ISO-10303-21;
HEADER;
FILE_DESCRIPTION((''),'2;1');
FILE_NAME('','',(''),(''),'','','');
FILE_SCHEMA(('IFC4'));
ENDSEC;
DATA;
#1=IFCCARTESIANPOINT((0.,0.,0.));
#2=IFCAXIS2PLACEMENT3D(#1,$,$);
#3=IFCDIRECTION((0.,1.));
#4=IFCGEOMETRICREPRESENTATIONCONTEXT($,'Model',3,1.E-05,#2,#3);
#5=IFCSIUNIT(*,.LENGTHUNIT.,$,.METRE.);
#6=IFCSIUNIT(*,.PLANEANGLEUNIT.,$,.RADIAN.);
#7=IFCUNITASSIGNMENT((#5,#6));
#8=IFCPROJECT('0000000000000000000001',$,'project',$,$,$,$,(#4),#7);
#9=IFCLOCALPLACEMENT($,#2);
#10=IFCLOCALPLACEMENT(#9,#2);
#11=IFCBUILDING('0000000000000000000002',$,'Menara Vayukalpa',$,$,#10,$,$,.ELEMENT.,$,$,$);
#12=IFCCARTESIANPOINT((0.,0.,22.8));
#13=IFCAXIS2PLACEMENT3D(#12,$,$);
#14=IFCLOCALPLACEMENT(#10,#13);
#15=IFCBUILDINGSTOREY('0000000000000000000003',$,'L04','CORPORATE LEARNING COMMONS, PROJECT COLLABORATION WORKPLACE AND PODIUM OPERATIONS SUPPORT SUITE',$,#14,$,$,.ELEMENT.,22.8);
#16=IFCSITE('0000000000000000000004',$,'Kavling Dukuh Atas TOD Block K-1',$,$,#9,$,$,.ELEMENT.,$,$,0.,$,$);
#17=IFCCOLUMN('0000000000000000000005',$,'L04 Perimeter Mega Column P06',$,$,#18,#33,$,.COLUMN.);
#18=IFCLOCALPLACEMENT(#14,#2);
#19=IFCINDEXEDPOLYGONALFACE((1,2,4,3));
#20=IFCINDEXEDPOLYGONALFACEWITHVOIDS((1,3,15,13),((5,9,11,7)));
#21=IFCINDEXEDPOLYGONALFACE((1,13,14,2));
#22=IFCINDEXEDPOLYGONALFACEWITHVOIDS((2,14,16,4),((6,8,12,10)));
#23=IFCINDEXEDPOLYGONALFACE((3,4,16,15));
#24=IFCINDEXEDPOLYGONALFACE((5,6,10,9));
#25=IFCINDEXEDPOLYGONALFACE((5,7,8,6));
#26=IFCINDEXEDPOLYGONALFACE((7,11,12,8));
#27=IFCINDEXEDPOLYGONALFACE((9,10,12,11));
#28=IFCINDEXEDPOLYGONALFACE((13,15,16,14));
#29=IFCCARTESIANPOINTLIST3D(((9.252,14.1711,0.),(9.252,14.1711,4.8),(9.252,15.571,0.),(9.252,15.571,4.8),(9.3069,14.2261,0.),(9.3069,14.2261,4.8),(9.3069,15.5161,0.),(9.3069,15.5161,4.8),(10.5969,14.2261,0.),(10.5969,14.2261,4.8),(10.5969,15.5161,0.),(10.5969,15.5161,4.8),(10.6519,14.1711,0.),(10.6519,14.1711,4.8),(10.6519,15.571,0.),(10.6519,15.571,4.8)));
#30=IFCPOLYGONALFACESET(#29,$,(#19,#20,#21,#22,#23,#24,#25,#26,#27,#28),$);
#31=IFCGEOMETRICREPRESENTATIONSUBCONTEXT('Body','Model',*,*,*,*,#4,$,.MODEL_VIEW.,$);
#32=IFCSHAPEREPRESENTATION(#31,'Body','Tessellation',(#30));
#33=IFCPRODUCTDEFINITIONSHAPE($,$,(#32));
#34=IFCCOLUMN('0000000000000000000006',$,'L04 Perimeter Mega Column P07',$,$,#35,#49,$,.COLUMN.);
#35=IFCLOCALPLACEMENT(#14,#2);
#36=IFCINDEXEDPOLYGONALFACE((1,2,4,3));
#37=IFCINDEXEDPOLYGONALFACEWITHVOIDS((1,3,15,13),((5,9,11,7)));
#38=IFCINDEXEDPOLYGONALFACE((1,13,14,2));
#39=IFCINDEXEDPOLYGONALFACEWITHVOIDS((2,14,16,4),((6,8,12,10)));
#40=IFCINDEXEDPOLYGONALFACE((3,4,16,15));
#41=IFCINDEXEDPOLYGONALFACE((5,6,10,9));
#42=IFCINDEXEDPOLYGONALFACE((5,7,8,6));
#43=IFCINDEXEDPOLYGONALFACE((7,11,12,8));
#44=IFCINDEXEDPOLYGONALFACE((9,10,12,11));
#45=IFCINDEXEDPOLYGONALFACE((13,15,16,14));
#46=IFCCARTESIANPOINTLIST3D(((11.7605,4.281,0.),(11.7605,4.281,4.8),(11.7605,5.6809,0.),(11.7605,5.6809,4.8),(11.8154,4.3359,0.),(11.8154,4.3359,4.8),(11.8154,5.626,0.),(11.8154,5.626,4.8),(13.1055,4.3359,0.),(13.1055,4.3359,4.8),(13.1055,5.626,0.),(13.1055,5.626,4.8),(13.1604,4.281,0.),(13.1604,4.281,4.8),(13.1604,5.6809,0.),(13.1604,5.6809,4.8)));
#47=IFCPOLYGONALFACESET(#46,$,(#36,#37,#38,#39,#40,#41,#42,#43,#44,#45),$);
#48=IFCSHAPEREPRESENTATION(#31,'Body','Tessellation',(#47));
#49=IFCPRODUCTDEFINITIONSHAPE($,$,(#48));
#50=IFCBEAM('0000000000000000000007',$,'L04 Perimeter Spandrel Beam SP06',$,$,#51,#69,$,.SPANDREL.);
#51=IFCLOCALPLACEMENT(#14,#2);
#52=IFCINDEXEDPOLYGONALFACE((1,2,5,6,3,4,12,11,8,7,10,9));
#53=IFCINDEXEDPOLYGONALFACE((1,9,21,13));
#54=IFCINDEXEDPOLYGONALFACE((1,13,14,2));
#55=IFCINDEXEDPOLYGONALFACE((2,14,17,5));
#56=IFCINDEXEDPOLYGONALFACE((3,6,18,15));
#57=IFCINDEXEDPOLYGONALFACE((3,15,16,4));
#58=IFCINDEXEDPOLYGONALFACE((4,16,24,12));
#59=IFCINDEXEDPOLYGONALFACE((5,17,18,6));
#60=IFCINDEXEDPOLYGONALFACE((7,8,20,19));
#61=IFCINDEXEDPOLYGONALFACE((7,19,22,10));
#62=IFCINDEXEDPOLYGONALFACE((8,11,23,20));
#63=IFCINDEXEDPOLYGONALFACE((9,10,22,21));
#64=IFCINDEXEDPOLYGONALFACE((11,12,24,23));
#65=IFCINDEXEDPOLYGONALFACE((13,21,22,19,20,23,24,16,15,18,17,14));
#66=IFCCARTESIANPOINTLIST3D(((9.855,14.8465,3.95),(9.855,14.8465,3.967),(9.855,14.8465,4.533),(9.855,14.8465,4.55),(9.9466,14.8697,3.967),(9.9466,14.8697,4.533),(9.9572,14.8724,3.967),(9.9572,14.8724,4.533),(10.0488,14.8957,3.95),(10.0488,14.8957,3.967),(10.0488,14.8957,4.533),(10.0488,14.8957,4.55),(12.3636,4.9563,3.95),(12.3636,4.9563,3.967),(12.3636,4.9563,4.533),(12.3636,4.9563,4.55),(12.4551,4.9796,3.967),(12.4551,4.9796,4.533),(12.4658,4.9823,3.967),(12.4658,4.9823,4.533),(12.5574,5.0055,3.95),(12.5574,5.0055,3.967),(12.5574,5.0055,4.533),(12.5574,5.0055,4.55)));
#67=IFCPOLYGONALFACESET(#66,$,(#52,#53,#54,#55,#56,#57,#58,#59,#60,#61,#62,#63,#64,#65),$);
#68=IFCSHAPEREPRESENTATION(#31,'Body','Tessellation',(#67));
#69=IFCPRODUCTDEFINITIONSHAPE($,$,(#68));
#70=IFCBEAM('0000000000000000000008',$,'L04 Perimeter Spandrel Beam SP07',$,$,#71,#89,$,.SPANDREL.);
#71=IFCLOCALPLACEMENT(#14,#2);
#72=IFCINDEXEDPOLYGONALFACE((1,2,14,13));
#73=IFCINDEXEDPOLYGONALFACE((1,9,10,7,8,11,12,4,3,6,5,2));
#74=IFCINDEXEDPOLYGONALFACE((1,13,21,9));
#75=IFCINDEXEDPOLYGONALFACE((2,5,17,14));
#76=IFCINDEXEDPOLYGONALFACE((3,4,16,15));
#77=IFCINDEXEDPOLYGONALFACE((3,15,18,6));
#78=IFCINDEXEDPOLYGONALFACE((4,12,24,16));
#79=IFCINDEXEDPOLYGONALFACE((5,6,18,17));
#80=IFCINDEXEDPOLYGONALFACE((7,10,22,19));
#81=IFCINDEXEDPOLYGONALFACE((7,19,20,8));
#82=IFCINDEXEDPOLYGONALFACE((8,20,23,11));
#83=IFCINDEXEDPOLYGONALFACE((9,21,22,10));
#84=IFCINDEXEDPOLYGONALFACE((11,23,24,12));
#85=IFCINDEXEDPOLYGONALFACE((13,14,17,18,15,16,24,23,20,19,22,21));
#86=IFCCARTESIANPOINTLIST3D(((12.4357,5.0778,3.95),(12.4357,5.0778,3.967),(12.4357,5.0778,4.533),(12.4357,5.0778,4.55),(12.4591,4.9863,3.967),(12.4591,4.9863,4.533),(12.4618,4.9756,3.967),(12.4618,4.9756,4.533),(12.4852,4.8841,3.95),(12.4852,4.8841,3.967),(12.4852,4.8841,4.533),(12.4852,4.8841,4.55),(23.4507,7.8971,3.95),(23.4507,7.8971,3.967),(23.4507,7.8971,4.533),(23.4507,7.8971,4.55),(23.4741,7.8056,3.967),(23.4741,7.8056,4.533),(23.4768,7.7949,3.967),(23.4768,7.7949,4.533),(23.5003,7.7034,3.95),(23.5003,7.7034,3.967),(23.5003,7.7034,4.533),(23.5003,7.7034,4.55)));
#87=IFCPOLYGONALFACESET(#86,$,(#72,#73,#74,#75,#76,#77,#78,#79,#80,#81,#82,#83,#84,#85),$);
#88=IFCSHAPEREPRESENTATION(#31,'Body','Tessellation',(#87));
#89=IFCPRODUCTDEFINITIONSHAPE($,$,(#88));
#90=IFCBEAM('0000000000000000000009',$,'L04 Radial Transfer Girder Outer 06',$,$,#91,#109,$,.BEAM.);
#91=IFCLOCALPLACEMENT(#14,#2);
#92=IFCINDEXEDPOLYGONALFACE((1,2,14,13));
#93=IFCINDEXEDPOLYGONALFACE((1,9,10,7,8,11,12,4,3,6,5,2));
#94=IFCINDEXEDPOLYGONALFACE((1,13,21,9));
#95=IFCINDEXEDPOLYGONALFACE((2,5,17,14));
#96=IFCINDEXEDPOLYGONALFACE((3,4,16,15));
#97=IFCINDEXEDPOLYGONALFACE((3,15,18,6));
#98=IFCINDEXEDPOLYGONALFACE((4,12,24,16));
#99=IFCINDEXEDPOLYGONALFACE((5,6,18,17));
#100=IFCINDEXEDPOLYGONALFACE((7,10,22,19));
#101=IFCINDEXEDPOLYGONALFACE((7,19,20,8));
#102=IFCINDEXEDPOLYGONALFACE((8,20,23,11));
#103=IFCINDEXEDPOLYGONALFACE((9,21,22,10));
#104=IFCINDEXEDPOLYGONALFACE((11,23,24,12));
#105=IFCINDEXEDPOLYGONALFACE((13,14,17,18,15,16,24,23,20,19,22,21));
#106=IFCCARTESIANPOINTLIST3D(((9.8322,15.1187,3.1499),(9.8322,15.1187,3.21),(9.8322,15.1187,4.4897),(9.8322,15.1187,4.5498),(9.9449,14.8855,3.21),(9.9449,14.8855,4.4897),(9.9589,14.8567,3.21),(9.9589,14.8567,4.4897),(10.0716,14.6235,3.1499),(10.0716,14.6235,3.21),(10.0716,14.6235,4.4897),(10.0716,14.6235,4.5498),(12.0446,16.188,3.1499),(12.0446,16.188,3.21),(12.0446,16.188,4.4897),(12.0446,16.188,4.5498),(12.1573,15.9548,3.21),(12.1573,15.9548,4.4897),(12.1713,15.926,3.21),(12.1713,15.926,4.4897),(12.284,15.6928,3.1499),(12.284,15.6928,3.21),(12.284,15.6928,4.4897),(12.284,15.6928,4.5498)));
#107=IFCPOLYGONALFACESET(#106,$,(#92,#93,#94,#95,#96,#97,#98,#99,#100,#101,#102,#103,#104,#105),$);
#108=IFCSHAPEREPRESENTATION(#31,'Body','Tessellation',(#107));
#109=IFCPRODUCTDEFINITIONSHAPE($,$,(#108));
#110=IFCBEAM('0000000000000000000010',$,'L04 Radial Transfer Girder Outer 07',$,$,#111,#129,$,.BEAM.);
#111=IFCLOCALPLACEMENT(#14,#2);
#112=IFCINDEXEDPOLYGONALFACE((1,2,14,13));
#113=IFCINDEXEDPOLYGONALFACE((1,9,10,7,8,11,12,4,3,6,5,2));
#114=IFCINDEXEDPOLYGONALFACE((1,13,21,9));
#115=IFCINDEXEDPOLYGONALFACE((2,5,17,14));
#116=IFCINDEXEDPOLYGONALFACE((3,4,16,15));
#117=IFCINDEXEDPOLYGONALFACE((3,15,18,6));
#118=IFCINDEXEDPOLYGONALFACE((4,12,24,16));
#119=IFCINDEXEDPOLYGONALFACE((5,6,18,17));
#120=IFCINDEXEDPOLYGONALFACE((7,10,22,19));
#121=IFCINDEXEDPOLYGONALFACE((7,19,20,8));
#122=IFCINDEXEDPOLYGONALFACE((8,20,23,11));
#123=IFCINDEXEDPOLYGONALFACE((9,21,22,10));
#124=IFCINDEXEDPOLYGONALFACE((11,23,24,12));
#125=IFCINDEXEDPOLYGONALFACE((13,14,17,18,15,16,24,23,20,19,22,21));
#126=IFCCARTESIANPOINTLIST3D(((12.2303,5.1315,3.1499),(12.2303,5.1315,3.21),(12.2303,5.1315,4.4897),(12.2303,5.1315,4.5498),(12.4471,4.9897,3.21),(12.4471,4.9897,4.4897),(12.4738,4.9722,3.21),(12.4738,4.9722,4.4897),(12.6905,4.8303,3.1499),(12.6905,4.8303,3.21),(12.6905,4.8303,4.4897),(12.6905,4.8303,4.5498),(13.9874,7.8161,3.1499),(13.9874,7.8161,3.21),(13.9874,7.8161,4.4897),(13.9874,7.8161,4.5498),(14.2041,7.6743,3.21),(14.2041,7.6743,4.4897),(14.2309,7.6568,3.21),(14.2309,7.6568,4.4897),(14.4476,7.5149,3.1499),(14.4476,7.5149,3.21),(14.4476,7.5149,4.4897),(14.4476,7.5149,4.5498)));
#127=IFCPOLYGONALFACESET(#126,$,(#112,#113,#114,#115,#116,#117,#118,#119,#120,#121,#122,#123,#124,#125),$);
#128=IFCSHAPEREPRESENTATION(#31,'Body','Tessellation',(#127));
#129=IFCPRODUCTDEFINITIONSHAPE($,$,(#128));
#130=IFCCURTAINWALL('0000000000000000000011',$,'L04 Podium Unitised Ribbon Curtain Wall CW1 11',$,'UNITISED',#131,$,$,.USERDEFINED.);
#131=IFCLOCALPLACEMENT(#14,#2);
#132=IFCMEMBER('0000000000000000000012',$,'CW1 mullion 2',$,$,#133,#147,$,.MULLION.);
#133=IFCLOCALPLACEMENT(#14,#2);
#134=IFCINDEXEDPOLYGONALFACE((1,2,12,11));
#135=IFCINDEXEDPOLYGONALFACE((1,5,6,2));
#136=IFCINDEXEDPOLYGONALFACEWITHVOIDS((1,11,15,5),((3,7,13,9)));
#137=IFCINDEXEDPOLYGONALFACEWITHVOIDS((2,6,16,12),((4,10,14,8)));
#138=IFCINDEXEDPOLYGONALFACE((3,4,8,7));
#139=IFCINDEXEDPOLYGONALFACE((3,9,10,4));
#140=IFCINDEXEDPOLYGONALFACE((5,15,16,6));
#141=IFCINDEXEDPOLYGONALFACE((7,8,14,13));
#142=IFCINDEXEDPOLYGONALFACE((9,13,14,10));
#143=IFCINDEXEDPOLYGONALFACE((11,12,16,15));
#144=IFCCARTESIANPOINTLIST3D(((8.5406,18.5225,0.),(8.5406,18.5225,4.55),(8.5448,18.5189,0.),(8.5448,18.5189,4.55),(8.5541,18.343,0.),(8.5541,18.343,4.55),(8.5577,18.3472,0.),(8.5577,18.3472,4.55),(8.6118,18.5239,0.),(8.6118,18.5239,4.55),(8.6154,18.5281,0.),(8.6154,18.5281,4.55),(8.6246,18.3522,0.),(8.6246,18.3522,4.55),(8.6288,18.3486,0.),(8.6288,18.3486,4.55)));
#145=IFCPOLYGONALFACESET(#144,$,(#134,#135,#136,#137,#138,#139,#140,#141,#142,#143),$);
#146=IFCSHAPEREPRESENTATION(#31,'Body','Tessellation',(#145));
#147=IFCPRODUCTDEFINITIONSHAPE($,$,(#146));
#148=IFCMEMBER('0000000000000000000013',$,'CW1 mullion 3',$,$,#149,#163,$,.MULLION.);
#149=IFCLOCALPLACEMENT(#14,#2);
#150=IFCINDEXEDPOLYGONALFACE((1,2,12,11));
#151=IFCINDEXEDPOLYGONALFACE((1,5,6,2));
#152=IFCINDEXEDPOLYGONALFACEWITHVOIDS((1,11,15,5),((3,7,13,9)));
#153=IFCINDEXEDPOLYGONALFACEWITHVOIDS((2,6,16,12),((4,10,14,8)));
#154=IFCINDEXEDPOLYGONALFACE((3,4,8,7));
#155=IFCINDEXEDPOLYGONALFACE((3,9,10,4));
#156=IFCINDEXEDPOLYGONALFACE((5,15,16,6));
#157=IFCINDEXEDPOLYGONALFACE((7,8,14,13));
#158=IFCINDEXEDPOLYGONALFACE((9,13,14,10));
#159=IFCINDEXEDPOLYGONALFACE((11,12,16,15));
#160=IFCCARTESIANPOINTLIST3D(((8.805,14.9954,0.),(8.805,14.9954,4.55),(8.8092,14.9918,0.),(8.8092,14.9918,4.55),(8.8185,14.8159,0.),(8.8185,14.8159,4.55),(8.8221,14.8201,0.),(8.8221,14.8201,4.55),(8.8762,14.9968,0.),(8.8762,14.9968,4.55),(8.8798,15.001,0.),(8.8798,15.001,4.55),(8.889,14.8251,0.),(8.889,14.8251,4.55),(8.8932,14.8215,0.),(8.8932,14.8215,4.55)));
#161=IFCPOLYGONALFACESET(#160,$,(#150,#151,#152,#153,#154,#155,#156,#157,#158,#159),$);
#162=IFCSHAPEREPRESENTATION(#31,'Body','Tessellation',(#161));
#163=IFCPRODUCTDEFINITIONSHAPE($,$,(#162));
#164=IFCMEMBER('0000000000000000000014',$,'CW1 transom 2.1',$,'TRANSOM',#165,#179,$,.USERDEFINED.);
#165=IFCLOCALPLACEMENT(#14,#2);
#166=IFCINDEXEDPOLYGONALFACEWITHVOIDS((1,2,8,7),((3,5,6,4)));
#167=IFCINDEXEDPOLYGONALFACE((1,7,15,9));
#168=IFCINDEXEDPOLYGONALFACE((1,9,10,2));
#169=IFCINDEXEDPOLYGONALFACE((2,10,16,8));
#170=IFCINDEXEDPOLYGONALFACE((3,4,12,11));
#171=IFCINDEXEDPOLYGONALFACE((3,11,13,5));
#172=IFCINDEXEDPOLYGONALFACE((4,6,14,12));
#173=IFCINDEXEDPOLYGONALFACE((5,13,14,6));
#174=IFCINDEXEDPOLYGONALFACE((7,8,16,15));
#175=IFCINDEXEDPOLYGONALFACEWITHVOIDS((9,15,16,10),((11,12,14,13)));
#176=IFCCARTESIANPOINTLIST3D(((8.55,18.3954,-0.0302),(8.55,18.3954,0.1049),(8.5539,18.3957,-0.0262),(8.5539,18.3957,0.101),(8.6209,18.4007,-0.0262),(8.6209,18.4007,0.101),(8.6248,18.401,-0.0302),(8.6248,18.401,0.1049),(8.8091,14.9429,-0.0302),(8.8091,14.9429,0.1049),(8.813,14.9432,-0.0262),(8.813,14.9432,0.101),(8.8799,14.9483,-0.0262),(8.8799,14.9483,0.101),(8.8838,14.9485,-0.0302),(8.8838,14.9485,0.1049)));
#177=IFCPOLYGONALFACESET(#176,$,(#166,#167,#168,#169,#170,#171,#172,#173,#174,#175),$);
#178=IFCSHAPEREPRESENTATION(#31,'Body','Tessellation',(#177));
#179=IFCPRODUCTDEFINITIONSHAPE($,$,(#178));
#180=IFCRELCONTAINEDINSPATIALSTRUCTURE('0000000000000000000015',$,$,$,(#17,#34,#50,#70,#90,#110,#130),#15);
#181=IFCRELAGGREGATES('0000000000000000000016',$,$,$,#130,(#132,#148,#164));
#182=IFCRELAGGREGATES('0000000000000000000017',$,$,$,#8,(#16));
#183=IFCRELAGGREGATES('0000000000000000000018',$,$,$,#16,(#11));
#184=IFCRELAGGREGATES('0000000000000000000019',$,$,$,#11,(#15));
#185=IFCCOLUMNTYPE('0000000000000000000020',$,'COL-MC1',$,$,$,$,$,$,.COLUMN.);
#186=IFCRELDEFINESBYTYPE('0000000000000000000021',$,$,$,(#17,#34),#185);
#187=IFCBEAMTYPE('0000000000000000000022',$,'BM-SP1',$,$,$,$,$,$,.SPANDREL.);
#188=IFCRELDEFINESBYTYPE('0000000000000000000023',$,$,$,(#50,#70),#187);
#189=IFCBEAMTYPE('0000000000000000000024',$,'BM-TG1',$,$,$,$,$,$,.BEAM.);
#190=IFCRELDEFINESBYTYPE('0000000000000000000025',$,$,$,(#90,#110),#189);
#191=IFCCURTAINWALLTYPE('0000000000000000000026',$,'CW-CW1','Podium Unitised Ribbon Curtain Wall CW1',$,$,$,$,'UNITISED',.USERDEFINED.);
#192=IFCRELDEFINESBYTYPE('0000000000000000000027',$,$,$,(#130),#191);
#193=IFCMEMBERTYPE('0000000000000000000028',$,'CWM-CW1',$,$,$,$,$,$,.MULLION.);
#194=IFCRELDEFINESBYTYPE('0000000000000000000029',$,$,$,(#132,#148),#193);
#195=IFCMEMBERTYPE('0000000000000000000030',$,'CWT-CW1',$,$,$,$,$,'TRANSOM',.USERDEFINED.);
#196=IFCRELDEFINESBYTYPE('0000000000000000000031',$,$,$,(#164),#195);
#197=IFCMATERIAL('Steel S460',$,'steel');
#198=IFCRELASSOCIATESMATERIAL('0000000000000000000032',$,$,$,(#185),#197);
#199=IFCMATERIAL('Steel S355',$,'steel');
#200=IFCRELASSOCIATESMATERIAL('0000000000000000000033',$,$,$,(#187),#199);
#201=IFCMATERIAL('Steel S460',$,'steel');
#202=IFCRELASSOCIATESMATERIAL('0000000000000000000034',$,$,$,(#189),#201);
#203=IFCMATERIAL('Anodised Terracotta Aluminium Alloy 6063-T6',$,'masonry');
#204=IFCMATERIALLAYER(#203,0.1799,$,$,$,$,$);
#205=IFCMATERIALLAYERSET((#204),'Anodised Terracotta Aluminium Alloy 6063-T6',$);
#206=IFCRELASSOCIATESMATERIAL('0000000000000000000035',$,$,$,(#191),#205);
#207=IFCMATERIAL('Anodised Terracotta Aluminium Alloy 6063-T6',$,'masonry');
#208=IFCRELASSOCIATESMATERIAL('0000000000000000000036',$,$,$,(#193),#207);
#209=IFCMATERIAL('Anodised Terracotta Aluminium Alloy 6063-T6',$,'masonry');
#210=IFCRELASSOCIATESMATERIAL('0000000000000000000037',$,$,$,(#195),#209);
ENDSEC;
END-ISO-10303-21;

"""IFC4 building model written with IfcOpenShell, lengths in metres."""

from ifc_helpers import new_model, si_unit, direction, frame, origin, origin_2d, place, context, subcontext, project, spatial, hollow_rectangle, i_section, extrude, material, layer, layer_set, material_profile, profile_set, type_object, element, aggregate, save


model = new_model("IFC4")

# Units and contexts
model_context = context("Model", 3, precision=1e-05, world=origin(), true_north=direction((0.0, 1.0)))
body_context = subcontext(model_context, "Body", "Model", "MODEL_VIEW")
ifc_project = project(units=[si_unit("LENGTHUNIT", "METRE"), si_unit("PLANEANGLEUNIT", "RADIAN")], contexts=[model_context])

# Site, building, storey
site_placement = place(None, origin())
site = spatial("IfcSite", under=ifc_project, at=site_placement, Name="Kavling Dukuh Atas TOD Block K-1", CompositionType="ELEMENT", RefElevation=0.0)
building_placement = place(site_placement, origin())
building = spatial("IfcBuilding", under=site, at=building_placement, Name="Menara Vayukalpa", CompositionType="ELEMENT")
storey_placement = place(building_placement, frame((0.0, 0.0, 22.8)))
storey = spatial("IfcBuildingStorey", under=building, at=storey_placement, Name="L04", Description="CORPORATE LEARNING COMMONS, PROJECT COLLABORATION WORKPLACE AND PODIUM OPERATIONS SUPPORT SUITE", CompositionType="ELEMENT", Elevation=22.8)

# Columns
ifc_material_1 = material(Name="Steel S460", Category="steel")
ifc_material_profile_1 = material_profile(ifc_material_1, hollow_rectangle(XDim=1.3999, YDim=1.3999, WallThickness=0.0549, at=origin_2d()), Name="BOX 1400x1400x55")
ifc_profile_set_1 = profile_set([ifc_material_profile_1], Name="Steel S460")
column_type = type_object("IfcColumnType", Name="COL-MC1", PredefinedType="COLUMN", material=ifc_profile_set_1)
for number, where, z_axis, x_axis, name in (
    (1, (9.9519, 14.8711, 0.0), (0.0, 0.0, 1.0), (1.0, 0.0, 0.0), "L04 Perimeter Mega Column P06"),
    (2, (12.4604, 4.981, 0.0), (0.0, 0.0, 1.0), (1.0, 0.0, 0.0), "L04 Perimeter Mega Column P07"),
):
    element("IfcColumn", number, at=place(storey_placement, frame(where, z_axis=z_axis, x_axis=x_axis)), inside=storey, type_object=column_type, Name=name, PredefinedType="COLUMN", context=body_context, shape_type="SweptSolid", body=[
        extrude(hollow_rectangle(XDim=1.3999, YDim=1.3999, WallThickness=0.0549, at=origin_2d()), origin(), (0.0, 0.0, 1.0), 4.8),
    ])

# Beams
ifc_material_2 = material(Name="Steel S355", Category="steel")
ifc_material_profile_2 = material_profile(ifc_material_2, i_section(OverallWidth=0.2, OverallDepth=0.6001, WebThickness=0.011, FlangeThickness=0.0171, at=origin_2d()), Name="WF 600x200x11x17")
ifc_profile_set_2 = profile_set([ifc_material_profile_2], Name="Steel S355")
beam_type_1 = type_object("IfcBeamType", Name="BM-SP1", PredefinedType="SPANDREL", material=ifc_profile_set_2)
beam_1_placement = place(storey_placement, frame((9.9519, 14.8711, 4.25), z_axis=(0.245856, -0.969306, 0.0), x_axis=(0.969306, 0.245856, 0.0)))
element("IfcBeam", 3, at=beam_1_placement, inside=storey, type_object=beam_type_1, Name="L04 Perimeter Spandrel Beam SP06", PredefinedType="SPANDREL", context=body_context, shape_type="SweptSolid", body=[
    extrude(i_section(OverallWidth=0.2, OverallDepth=0.6001, WebThickness=0.011, FlangeThickness=0.0171, at=origin_2d()), origin(), (0.0, 0.0, 1.0), 10.2034),
])
beam_2_placement = place(storey_placement, frame((12.4604, 4.981, 4.25), z_axis=(0.968771, 0.247958, 0.0), x_axis=(-0.247958, 0.968771, 0.0)))
element("IfcBeam", 4, at=beam_2_placement, inside=storey, type_object=beam_type_1, Name="L04 Perimeter Spandrel Beam SP07", PredefinedType="SPANDREL", context=body_context, shape_type="SweptSolid", body=[
    extrude(i_section(OverallWidth=0.2, OverallDepth=0.6001, WebThickness=0.011, FlangeThickness=0.0171, at=origin_2d()), origin(), (0.0, 0.0, 1.0), 11.3701),
])
ifc_material_3 = material(Name="Steel S460", Category="steel")
ifc_material_profile_3 = material_profile(ifc_material_3, i_section(OverallWidth=0.55, OverallDepth=1.3999, WebThickness=0.032, FlangeThickness=0.0601, at=origin_2d()), Name="WG 1400x550x32x60")
ifc_profile_set_3 = profile_set([ifc_material_profile_3], Name="Steel S460")
beam_type_2 = type_object("IfcBeamType", Name="BM-TG1", PredefinedType="BEAM", material=ifc_profile_set_3)
beam_3_placement = place(storey_placement, frame((12.1643, 15.9404, 3.8499), z_axis=(-0.900348, -0.435171, 0.0), x_axis=(0.435171, -0.900348, 0.0)))
element("IfcBeam", 5, at=beam_3_placement, inside=storey, type_object=beam_type_2, Name="L04 Radial Transfer Girder Outer 06", PredefinedType="BEAM", context=body_context, shape_type="SweptSolid", body=[
    extrude(i_section(OverallWidth=0.55, OverallDepth=1.3999, WebThickness=0.032, FlangeThickness=0.0601, at=origin_2d()), origin(), (0.0, 0.0, 1.0), 2.4573),
])
beam_4_placement = place(storey_placement, frame((14.2175, 7.6655, 3.8499), z_axis=(-0.547639, -0.836715, 0.0), x_axis=(0.836715, -0.547639, 0.0)))
element("IfcBeam", 6, at=beam_4_placement, inside=storey, type_object=beam_type_2, Name="L04 Radial Transfer Girder Outer 07", PredefinedType="BEAM", context=body_context, shape_type="SweptSolid", body=[
    extrude(i_section(OverallWidth=0.55, OverallDepth=1.3999, WebThickness=0.032, FlangeThickness=0.0601, at=origin_2d()), origin(), (0.0, 0.0, 1.0), 3.2085),
])

# Curtain wall, members
ifc_material_4 = material(Name="Anodised Terracotta Aluminium Alloy 6063-T6", Category="masonry")
ifc_layer_1 = layer(ifc_material_4, 0.1799)
ifc_layer_set_1 = layer_set([ifc_layer_1], Name="Anodised Terracotta Aluminium Alloy 6063-T6")
curtain_wall_type = type_object("IfcCurtainWallType", Name="CW-CW1", Description="Podium Unitised Ribbon Curtain Wall CW1", ElementType="UNITISED", PredefinedType="USERDEFINED", material=ifc_layer_set_1)
curtain_wall_placement = place(storey_placement, origin())
curtain_wall = element("IfcCurtainWall", 7, at=curtain_wall_placement, inside=storey, type_object=curtain_wall_type, Name="L04 Podium Unitised Ribbon Curtain Wall CW1 11", ObjectType="UNITISED", PredefinedType="USERDEFINED")
ifc_material_5 = material(Name="Anodised Terracotta Aluminium Alloy 6063-T6", Category="masonry")
ifc_material_profile_4 = material_profile(ifc_material_5, hollow_rectangle(XDim=0.075, YDim=0.1799, WallThickness=0.0039, at=origin_2d()), Name="ALU 75x180x4")
ifc_profile_set_4 = profile_set([ifc_material_profile_4], Name="Anodised Terracotta Aluminium Alloy 6063-T6")
member_type_1 = type_object("IfcMemberType", Name="CWM-CW1", PredefinedType="MULLION", material=ifc_profile_set_4)
member_1_placement = place(storey_placement, frame((8.5847, 18.4355, 0.0), z_axis=(0.0, 0.0, 1.0), x_axis=(0.997199, 0.074794, 0.0)))
member_1 = element("IfcMember", 8, at=member_1_placement, type_object=member_type_1, Name="CW1 mullion 2", PredefinedType="MULLION", context=body_context, shape_type="SweptSolid", body=[
    extrude(hollow_rectangle(XDim=0.075, YDim=0.1799, WallThickness=0.0039, at=origin_2d()), origin(), (0.0, 0.0, 1.0), 4.55),
])
member_2_placement = place(storey_placement, frame((8.8491, 14.9084, 0.0), z_axis=(0.0, 0.0, 1.0), x_axis=(0.997199, 0.074794, 0.0)))
member_2 = element("IfcMember", 9, at=member_2_placement, type_object=member_type_1, Name="CW1 mullion 3", PredefinedType="MULLION", context=body_context, shape_type="SweptSolid", body=[
    extrude(hollow_rectangle(XDim=0.075, YDim=0.1799, WallThickness=0.0039, at=origin_2d()), origin(), (0.0, 0.0, 1.0), 4.55),
])
ifc_material_6 = material(Name="Anodised Terracotta Aluminium Alloy 6063-T6", Category="masonry")
ifc_material_profile_5 = material_profile(ifc_material_6, hollow_rectangle(XDim=0.075, YDim=0.135, WallThickness=0.0039, at=origin_2d()), Name="ALU 75x135x4")
ifc_profile_set_5 = profile_set([ifc_material_profile_5], Name="Anodised Terracotta Aluminium Alloy 6063-T6")
member_type_2 = type_object("IfcMemberType", Name="CWT-CW1", ElementType="TRANSOM", PredefinedType="USERDEFINED", material=ifc_profile_set_5)
member_3_placement = place(storey_placement, frame((8.5874, 18.3982, 0.0374), z_axis=(0.07482, -0.997197, 0.0), x_axis=(0.997197, 0.07482, 0.0)))
member_3 = element("IfcMember", 10, at=member_3_placement, type_object=member_type_2, Name="CW1 transom 2.1", ObjectType="TRANSOM", PredefinedType="USERDEFINED", context=body_context, shape_type="SweptSolid", body=[
    extrude(hollow_rectangle(XDim=0.075, YDim=0.135, WallThickness=0.0039, at=origin_2d()), origin(), (0.0, 0.0, 1.0), 3.4622),
])
aggregate(curtain_wall, [member_1, member_2, member_3])

save(model, "model.ifc")
